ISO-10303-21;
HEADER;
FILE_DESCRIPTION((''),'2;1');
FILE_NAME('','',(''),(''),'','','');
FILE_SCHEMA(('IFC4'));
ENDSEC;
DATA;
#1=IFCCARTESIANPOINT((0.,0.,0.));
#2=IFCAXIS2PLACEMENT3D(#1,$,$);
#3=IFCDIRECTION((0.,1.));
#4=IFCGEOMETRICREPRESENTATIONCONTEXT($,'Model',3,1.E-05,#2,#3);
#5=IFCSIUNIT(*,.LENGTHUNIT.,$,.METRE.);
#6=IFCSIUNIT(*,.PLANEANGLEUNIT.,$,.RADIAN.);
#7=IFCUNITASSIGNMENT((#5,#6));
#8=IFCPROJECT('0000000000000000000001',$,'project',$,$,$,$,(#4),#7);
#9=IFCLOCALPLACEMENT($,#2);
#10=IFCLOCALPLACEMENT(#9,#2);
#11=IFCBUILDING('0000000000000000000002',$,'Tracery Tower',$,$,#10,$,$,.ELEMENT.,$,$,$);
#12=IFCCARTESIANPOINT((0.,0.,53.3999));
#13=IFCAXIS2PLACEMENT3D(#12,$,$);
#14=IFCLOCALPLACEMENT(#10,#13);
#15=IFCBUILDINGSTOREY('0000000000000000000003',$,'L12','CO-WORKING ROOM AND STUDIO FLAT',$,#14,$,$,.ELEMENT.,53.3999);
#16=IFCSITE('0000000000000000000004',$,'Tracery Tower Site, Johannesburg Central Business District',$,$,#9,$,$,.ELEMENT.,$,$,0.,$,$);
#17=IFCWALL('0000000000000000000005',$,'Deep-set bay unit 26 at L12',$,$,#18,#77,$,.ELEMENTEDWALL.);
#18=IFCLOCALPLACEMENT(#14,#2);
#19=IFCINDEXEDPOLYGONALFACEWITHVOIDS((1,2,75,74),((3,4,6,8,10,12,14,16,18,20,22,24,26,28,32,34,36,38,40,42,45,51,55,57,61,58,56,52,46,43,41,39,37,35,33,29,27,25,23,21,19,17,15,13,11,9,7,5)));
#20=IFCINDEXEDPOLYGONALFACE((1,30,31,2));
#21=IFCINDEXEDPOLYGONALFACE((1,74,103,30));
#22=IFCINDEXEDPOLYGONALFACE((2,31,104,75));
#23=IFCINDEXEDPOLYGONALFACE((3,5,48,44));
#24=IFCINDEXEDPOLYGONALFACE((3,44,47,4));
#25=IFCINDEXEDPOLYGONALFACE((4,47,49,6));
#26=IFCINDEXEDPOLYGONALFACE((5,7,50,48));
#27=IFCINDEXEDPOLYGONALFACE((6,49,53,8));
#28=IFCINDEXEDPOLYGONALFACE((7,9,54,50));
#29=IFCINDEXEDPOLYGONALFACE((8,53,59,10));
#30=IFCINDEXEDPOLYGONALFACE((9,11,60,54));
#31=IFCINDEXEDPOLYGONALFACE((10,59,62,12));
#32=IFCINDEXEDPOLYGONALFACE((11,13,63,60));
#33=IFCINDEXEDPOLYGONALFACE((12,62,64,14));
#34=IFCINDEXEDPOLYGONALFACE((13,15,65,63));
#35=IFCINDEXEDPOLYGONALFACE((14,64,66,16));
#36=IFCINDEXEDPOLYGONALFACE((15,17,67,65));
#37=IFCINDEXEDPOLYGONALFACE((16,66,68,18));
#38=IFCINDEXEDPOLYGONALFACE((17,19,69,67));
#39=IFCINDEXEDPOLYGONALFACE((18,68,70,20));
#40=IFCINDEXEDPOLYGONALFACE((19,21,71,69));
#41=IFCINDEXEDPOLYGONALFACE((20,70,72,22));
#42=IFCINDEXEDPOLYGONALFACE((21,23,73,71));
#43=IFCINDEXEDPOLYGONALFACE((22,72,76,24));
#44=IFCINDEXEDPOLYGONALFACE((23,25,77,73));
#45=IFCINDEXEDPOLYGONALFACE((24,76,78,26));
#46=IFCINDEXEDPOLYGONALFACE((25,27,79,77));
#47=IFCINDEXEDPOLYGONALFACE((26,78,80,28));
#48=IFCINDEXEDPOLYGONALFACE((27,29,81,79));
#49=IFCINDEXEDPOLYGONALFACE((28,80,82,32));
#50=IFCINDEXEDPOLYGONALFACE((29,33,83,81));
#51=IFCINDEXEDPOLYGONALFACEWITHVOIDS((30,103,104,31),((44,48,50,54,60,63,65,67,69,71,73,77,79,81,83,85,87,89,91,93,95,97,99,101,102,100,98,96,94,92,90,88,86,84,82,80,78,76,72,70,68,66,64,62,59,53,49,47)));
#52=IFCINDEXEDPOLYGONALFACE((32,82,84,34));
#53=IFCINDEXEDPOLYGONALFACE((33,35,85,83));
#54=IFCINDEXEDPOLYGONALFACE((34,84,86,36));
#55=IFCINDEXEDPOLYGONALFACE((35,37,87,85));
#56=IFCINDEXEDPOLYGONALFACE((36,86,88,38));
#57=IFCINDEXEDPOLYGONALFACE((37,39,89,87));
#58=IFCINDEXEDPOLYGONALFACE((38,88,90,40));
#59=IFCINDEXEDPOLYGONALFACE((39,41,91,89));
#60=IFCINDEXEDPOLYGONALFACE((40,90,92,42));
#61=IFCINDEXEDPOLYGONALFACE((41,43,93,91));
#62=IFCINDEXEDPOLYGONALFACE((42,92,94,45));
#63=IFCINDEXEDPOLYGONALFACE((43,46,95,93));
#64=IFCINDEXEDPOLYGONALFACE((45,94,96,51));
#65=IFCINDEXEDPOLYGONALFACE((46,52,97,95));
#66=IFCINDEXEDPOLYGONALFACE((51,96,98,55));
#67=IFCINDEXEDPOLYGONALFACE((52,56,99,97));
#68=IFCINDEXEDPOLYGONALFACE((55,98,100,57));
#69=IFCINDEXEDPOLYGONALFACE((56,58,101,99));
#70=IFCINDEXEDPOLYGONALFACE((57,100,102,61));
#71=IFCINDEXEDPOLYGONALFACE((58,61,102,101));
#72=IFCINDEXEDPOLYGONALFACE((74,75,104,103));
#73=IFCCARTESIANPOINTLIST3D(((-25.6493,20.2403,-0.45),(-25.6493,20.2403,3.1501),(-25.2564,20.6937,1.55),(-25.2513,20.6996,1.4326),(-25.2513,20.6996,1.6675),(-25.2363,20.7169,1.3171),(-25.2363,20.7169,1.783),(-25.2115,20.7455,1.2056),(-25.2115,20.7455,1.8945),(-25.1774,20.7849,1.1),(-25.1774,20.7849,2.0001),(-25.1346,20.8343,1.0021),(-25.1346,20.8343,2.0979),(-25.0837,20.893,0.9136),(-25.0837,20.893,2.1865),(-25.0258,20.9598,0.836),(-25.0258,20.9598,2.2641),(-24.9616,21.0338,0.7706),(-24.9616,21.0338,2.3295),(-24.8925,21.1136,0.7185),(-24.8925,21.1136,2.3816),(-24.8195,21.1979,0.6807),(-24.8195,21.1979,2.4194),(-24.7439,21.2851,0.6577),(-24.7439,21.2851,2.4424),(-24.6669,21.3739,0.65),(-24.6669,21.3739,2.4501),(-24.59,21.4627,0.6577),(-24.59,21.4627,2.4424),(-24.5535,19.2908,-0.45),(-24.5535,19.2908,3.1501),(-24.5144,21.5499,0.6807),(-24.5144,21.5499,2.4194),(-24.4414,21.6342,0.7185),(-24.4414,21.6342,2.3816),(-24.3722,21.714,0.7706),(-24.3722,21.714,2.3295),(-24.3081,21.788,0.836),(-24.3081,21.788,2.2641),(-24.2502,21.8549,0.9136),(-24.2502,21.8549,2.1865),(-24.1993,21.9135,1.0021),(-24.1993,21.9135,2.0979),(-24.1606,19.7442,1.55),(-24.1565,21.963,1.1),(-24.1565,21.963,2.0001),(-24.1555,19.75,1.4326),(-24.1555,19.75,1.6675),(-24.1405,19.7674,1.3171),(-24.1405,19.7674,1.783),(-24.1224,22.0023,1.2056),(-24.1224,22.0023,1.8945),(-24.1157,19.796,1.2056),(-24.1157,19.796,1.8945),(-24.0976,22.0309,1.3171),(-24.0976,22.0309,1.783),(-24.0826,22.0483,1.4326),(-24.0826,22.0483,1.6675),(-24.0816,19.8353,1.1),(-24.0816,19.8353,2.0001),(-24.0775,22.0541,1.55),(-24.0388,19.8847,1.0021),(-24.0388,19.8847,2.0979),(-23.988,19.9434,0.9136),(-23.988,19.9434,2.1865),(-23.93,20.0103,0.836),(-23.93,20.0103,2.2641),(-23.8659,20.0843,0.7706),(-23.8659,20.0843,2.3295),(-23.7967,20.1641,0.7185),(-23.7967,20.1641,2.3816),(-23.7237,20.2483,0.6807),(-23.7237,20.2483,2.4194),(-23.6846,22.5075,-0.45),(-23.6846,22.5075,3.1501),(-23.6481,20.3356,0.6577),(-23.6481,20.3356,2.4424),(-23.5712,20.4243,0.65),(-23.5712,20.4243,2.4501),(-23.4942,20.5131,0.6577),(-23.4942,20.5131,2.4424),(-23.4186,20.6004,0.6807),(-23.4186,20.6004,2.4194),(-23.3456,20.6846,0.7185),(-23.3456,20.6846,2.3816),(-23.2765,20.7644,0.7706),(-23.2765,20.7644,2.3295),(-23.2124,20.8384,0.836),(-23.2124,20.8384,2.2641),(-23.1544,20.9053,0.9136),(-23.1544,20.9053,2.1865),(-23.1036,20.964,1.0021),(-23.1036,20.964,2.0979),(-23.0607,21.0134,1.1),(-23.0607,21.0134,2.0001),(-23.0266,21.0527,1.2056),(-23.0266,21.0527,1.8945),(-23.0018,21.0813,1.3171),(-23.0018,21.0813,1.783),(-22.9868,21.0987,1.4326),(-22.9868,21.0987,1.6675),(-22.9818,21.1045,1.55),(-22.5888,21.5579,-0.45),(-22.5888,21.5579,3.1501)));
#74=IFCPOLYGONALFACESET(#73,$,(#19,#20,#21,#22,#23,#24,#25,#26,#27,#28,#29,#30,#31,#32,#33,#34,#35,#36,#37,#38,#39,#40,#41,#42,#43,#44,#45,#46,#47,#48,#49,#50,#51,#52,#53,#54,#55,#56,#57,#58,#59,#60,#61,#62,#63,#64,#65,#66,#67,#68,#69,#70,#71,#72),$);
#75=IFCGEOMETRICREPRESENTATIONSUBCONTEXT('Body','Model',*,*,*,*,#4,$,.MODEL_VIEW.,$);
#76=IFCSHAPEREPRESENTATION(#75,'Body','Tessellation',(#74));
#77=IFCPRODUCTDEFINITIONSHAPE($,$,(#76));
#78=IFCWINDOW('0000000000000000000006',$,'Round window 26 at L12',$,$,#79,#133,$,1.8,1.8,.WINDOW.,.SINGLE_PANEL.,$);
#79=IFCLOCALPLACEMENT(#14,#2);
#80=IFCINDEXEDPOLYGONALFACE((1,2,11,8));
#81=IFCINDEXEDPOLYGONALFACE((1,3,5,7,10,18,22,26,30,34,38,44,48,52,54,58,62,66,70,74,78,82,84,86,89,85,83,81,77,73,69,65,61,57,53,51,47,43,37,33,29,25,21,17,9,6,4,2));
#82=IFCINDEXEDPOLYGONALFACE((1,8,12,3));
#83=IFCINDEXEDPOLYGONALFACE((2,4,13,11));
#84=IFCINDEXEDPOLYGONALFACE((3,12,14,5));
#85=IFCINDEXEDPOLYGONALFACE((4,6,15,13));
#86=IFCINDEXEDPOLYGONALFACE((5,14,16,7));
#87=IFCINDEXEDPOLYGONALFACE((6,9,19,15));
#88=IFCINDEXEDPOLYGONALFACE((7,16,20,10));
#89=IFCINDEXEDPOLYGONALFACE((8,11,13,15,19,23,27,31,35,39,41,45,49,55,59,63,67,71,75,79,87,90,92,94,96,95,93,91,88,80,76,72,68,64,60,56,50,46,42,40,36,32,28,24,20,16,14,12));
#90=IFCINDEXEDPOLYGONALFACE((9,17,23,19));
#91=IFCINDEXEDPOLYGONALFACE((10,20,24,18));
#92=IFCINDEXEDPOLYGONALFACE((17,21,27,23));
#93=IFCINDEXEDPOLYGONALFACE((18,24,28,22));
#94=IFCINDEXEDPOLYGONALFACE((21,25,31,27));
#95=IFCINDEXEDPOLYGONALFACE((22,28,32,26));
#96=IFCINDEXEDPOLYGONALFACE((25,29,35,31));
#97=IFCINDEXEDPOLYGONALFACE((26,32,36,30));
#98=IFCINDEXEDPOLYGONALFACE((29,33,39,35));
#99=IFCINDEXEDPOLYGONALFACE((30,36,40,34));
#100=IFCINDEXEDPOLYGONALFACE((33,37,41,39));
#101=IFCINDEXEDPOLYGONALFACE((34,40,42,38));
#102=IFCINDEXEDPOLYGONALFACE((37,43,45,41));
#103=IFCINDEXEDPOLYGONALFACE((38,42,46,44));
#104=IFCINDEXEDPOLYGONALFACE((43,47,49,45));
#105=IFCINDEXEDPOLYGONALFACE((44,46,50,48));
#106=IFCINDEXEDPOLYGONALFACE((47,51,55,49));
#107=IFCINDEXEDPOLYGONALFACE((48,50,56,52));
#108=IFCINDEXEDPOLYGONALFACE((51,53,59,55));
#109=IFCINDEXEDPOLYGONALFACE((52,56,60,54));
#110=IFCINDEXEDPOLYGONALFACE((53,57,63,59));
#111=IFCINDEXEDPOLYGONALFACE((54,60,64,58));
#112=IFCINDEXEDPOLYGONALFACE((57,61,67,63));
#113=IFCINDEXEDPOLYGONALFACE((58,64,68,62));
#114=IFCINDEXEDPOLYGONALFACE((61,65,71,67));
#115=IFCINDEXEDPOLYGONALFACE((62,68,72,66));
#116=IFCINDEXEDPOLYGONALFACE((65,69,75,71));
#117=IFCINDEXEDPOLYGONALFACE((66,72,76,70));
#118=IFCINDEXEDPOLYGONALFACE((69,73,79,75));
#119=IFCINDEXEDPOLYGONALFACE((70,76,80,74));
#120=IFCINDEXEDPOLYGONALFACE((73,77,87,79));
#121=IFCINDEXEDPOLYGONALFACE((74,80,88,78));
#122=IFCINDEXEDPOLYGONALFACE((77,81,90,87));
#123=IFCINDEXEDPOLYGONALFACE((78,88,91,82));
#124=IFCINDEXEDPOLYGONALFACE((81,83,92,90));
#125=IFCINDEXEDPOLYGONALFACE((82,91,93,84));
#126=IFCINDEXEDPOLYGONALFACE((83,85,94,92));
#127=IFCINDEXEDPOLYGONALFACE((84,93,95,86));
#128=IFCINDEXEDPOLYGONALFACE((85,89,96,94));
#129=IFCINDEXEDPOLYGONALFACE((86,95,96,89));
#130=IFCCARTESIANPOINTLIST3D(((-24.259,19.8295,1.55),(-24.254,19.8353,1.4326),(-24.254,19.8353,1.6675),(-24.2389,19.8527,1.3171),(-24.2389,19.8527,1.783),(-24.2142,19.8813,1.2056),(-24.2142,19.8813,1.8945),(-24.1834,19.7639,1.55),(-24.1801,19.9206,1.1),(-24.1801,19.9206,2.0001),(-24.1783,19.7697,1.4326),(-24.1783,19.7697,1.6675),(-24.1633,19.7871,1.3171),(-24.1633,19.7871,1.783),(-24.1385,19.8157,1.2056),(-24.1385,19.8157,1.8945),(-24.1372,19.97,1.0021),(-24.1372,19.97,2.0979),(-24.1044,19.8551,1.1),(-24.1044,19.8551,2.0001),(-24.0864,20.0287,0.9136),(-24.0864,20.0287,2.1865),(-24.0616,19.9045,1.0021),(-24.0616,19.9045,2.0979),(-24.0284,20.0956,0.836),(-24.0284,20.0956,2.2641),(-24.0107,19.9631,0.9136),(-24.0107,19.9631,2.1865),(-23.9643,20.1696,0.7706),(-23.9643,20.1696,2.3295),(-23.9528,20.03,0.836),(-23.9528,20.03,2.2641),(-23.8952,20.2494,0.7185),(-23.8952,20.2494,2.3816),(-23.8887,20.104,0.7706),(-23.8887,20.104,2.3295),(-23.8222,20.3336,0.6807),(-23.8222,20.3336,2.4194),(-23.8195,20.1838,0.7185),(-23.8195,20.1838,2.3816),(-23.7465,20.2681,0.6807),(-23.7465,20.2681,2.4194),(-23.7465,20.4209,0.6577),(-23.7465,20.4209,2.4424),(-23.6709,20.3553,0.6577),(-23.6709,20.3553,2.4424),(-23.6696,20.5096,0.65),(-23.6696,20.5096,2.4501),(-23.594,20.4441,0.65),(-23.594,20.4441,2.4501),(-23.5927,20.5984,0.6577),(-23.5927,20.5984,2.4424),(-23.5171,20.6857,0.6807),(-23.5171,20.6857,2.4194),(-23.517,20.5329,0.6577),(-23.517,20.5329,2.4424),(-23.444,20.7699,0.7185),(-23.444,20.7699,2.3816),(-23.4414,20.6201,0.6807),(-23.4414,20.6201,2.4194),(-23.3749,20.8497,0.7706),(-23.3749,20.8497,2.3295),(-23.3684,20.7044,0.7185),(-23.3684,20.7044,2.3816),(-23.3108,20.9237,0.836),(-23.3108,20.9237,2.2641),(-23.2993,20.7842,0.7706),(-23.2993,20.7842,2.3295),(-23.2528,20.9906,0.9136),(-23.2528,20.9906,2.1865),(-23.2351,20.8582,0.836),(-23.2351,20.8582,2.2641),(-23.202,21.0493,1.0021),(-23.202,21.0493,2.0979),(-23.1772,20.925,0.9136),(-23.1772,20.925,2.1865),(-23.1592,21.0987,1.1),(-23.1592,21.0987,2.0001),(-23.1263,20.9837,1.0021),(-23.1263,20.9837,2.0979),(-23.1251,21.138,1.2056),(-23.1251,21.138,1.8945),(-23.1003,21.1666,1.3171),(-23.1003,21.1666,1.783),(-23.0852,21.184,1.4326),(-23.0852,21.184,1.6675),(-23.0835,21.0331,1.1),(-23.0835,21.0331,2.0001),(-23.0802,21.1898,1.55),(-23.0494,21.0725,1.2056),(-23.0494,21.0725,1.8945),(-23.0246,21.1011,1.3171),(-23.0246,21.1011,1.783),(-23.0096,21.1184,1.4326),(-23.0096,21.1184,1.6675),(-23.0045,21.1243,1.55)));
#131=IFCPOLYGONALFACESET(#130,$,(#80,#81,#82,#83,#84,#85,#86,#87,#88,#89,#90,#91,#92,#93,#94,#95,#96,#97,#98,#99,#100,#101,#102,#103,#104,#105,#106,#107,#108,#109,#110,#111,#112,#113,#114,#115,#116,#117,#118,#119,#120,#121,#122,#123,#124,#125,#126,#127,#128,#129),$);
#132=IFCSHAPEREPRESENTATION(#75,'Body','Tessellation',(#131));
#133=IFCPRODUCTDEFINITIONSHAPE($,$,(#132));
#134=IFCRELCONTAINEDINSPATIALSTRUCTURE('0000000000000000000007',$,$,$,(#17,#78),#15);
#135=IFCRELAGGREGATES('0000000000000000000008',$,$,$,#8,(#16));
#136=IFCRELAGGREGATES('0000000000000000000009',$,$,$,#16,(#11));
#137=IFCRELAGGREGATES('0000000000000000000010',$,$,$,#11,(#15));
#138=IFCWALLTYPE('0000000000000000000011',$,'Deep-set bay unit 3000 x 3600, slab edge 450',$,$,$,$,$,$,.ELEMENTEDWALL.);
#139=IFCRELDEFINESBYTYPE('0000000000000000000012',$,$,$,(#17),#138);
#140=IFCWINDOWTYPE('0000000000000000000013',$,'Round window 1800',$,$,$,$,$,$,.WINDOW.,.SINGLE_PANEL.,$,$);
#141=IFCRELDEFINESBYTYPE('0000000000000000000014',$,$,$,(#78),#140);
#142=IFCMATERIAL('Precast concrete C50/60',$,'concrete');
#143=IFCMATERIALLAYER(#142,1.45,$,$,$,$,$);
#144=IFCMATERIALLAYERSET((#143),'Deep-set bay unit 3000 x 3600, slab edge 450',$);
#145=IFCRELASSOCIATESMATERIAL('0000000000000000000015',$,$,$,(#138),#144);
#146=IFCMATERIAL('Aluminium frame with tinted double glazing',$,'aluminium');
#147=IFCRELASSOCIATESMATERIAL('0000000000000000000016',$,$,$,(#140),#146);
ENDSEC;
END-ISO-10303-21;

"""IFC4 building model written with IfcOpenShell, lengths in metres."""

from ifc_helpers import new_model, si_unit, direction, frame, frame_2d, origin, origin_2d, place, context, subcontext, project, spatial, rectangle, circle, extrude, material, layer, layer_set, type_object, element, fill, save


model = new_model("IFC4")

# Units and contexts
model_context = context("Model", 3, precision=1e-05, world=origin(), true_north=direction((0.0, 1.0)))
body_context = subcontext(model_context, "Body", "Model", "MODEL_VIEW")
ifc_project = project(units=[si_unit("LENGTHUNIT", "METRE"), si_unit("PLANEANGLEUNIT", "RADIAN")], contexts=[model_context])

# Site, building, storey
site_placement = place(None, origin())
site = spatial("IfcSite", under=ifc_project, at=site_placement, Name="Tracery Tower Site, Johannesburg Central Business District", CompositionType="ELEMENT", RefElevation=0.0)
building_placement = place(site_placement, origin())
building = spatial("IfcBuilding", under=site, at=building_placement, Name="Tracery Tower", CompositionType="ELEMENT")
storey_placement = place(building_placement, frame((0.0, 0.0, 53.3999)))
storey = spatial("IfcBuildingStorey", under=building, at=storey_placement, Name="L12", Description="CO-WORKING ROOM AND STUDIO FLAT", CompositionType="ELEMENT", Elevation=53.3999)

# Wall, opening, window
ifc_material_1 = material(Name="Precast concrete C50/60", Category="concrete")
ifc_layer_1 = layer(ifc_material_1, 1.45)
ifc_layer_set_1 = layer_set([ifc_layer_1], Name="Deep-set bay unit 3000 x 3600, slab edge 450")
wall_type_1 = type_object("IfcWallType", Name="Deep-set bay unit 3000 x 3600, slab edge 450", PredefinedType="ELEMENTEDWALL", material=ifc_layer_set_1)
wall_1_placement = place(storey_placement, frame((-23.1367, 22.0327, -0.45), z_axis=(0.0, 0.0, 1.0), x_axis=(-0.65489, -0.755724, 0.0)))
wall_1 = element("IfcWall", 1, at=wall_1_placement, inside=storey, type_object=wall_type_1, Name="Deep-set bay unit 26 at L12", PredefinedType="ELEMENTEDWALL", context=body_context, shape_type="SweptSolid", body=[
    extrude(rectangle(XDim=3.0, YDim=1.45, at=frame_2d((1.5, 0.0))), origin(), (0.0, 0.0, 1.0), 3.6001),
])
opening_1_placement = place(wall_1_placement, frame((1.5, 0.0, 2.0)))
opening_1 = element("IfcOpeningElement", 2, at=opening_1_placement, cuts=wall_1, PredefinedType="OPENING", context=body_context, shape_type="SweptSolid", body=[
    extrude(circle(Radius=0.9, at=origin_2d()), frame((0.0, 0.7349, 0.0), z_axis=(0.0, -1.0, 0.0), x_axis=(1.0, 0.0, 0.0)), (0.0, 0.0, 1.0), 1.47),
])
ifc_material_2 = material(Name="Aluminium frame with tinted double glazing", Category="aluminium")
window_type = type_object("IfcWindowType", Name="Round window 1800", PartitioningType="SINGLE_PANEL", PredefinedType="WINDOW", material=ifc_material_2)
window_1_placement = place(opening_1_placement, origin())
window_1 = element("IfcWindow", 3, at=window_1_placement, inside=storey, type_object=window_type, Name="Round window 26 at L12", OverallHeight=1.8, OverallWidth=1.8, PartitioningType="SINGLE_PANEL", PredefinedType="WINDOW", context=body_context, shape_type="SweptSolid", body=[
    extrude(circle(Radius=0.9, at=origin_2d()), frame((0.0, 0.6948, 0.0), z_axis=(0.0, -1.0, 0.0), x_axis=(1.0, 0.0, 0.0)), (0.0, 0.0, 1.0), 0.1001),
])
fill(opening_1, window_1)

save(model, "model.ifc")
